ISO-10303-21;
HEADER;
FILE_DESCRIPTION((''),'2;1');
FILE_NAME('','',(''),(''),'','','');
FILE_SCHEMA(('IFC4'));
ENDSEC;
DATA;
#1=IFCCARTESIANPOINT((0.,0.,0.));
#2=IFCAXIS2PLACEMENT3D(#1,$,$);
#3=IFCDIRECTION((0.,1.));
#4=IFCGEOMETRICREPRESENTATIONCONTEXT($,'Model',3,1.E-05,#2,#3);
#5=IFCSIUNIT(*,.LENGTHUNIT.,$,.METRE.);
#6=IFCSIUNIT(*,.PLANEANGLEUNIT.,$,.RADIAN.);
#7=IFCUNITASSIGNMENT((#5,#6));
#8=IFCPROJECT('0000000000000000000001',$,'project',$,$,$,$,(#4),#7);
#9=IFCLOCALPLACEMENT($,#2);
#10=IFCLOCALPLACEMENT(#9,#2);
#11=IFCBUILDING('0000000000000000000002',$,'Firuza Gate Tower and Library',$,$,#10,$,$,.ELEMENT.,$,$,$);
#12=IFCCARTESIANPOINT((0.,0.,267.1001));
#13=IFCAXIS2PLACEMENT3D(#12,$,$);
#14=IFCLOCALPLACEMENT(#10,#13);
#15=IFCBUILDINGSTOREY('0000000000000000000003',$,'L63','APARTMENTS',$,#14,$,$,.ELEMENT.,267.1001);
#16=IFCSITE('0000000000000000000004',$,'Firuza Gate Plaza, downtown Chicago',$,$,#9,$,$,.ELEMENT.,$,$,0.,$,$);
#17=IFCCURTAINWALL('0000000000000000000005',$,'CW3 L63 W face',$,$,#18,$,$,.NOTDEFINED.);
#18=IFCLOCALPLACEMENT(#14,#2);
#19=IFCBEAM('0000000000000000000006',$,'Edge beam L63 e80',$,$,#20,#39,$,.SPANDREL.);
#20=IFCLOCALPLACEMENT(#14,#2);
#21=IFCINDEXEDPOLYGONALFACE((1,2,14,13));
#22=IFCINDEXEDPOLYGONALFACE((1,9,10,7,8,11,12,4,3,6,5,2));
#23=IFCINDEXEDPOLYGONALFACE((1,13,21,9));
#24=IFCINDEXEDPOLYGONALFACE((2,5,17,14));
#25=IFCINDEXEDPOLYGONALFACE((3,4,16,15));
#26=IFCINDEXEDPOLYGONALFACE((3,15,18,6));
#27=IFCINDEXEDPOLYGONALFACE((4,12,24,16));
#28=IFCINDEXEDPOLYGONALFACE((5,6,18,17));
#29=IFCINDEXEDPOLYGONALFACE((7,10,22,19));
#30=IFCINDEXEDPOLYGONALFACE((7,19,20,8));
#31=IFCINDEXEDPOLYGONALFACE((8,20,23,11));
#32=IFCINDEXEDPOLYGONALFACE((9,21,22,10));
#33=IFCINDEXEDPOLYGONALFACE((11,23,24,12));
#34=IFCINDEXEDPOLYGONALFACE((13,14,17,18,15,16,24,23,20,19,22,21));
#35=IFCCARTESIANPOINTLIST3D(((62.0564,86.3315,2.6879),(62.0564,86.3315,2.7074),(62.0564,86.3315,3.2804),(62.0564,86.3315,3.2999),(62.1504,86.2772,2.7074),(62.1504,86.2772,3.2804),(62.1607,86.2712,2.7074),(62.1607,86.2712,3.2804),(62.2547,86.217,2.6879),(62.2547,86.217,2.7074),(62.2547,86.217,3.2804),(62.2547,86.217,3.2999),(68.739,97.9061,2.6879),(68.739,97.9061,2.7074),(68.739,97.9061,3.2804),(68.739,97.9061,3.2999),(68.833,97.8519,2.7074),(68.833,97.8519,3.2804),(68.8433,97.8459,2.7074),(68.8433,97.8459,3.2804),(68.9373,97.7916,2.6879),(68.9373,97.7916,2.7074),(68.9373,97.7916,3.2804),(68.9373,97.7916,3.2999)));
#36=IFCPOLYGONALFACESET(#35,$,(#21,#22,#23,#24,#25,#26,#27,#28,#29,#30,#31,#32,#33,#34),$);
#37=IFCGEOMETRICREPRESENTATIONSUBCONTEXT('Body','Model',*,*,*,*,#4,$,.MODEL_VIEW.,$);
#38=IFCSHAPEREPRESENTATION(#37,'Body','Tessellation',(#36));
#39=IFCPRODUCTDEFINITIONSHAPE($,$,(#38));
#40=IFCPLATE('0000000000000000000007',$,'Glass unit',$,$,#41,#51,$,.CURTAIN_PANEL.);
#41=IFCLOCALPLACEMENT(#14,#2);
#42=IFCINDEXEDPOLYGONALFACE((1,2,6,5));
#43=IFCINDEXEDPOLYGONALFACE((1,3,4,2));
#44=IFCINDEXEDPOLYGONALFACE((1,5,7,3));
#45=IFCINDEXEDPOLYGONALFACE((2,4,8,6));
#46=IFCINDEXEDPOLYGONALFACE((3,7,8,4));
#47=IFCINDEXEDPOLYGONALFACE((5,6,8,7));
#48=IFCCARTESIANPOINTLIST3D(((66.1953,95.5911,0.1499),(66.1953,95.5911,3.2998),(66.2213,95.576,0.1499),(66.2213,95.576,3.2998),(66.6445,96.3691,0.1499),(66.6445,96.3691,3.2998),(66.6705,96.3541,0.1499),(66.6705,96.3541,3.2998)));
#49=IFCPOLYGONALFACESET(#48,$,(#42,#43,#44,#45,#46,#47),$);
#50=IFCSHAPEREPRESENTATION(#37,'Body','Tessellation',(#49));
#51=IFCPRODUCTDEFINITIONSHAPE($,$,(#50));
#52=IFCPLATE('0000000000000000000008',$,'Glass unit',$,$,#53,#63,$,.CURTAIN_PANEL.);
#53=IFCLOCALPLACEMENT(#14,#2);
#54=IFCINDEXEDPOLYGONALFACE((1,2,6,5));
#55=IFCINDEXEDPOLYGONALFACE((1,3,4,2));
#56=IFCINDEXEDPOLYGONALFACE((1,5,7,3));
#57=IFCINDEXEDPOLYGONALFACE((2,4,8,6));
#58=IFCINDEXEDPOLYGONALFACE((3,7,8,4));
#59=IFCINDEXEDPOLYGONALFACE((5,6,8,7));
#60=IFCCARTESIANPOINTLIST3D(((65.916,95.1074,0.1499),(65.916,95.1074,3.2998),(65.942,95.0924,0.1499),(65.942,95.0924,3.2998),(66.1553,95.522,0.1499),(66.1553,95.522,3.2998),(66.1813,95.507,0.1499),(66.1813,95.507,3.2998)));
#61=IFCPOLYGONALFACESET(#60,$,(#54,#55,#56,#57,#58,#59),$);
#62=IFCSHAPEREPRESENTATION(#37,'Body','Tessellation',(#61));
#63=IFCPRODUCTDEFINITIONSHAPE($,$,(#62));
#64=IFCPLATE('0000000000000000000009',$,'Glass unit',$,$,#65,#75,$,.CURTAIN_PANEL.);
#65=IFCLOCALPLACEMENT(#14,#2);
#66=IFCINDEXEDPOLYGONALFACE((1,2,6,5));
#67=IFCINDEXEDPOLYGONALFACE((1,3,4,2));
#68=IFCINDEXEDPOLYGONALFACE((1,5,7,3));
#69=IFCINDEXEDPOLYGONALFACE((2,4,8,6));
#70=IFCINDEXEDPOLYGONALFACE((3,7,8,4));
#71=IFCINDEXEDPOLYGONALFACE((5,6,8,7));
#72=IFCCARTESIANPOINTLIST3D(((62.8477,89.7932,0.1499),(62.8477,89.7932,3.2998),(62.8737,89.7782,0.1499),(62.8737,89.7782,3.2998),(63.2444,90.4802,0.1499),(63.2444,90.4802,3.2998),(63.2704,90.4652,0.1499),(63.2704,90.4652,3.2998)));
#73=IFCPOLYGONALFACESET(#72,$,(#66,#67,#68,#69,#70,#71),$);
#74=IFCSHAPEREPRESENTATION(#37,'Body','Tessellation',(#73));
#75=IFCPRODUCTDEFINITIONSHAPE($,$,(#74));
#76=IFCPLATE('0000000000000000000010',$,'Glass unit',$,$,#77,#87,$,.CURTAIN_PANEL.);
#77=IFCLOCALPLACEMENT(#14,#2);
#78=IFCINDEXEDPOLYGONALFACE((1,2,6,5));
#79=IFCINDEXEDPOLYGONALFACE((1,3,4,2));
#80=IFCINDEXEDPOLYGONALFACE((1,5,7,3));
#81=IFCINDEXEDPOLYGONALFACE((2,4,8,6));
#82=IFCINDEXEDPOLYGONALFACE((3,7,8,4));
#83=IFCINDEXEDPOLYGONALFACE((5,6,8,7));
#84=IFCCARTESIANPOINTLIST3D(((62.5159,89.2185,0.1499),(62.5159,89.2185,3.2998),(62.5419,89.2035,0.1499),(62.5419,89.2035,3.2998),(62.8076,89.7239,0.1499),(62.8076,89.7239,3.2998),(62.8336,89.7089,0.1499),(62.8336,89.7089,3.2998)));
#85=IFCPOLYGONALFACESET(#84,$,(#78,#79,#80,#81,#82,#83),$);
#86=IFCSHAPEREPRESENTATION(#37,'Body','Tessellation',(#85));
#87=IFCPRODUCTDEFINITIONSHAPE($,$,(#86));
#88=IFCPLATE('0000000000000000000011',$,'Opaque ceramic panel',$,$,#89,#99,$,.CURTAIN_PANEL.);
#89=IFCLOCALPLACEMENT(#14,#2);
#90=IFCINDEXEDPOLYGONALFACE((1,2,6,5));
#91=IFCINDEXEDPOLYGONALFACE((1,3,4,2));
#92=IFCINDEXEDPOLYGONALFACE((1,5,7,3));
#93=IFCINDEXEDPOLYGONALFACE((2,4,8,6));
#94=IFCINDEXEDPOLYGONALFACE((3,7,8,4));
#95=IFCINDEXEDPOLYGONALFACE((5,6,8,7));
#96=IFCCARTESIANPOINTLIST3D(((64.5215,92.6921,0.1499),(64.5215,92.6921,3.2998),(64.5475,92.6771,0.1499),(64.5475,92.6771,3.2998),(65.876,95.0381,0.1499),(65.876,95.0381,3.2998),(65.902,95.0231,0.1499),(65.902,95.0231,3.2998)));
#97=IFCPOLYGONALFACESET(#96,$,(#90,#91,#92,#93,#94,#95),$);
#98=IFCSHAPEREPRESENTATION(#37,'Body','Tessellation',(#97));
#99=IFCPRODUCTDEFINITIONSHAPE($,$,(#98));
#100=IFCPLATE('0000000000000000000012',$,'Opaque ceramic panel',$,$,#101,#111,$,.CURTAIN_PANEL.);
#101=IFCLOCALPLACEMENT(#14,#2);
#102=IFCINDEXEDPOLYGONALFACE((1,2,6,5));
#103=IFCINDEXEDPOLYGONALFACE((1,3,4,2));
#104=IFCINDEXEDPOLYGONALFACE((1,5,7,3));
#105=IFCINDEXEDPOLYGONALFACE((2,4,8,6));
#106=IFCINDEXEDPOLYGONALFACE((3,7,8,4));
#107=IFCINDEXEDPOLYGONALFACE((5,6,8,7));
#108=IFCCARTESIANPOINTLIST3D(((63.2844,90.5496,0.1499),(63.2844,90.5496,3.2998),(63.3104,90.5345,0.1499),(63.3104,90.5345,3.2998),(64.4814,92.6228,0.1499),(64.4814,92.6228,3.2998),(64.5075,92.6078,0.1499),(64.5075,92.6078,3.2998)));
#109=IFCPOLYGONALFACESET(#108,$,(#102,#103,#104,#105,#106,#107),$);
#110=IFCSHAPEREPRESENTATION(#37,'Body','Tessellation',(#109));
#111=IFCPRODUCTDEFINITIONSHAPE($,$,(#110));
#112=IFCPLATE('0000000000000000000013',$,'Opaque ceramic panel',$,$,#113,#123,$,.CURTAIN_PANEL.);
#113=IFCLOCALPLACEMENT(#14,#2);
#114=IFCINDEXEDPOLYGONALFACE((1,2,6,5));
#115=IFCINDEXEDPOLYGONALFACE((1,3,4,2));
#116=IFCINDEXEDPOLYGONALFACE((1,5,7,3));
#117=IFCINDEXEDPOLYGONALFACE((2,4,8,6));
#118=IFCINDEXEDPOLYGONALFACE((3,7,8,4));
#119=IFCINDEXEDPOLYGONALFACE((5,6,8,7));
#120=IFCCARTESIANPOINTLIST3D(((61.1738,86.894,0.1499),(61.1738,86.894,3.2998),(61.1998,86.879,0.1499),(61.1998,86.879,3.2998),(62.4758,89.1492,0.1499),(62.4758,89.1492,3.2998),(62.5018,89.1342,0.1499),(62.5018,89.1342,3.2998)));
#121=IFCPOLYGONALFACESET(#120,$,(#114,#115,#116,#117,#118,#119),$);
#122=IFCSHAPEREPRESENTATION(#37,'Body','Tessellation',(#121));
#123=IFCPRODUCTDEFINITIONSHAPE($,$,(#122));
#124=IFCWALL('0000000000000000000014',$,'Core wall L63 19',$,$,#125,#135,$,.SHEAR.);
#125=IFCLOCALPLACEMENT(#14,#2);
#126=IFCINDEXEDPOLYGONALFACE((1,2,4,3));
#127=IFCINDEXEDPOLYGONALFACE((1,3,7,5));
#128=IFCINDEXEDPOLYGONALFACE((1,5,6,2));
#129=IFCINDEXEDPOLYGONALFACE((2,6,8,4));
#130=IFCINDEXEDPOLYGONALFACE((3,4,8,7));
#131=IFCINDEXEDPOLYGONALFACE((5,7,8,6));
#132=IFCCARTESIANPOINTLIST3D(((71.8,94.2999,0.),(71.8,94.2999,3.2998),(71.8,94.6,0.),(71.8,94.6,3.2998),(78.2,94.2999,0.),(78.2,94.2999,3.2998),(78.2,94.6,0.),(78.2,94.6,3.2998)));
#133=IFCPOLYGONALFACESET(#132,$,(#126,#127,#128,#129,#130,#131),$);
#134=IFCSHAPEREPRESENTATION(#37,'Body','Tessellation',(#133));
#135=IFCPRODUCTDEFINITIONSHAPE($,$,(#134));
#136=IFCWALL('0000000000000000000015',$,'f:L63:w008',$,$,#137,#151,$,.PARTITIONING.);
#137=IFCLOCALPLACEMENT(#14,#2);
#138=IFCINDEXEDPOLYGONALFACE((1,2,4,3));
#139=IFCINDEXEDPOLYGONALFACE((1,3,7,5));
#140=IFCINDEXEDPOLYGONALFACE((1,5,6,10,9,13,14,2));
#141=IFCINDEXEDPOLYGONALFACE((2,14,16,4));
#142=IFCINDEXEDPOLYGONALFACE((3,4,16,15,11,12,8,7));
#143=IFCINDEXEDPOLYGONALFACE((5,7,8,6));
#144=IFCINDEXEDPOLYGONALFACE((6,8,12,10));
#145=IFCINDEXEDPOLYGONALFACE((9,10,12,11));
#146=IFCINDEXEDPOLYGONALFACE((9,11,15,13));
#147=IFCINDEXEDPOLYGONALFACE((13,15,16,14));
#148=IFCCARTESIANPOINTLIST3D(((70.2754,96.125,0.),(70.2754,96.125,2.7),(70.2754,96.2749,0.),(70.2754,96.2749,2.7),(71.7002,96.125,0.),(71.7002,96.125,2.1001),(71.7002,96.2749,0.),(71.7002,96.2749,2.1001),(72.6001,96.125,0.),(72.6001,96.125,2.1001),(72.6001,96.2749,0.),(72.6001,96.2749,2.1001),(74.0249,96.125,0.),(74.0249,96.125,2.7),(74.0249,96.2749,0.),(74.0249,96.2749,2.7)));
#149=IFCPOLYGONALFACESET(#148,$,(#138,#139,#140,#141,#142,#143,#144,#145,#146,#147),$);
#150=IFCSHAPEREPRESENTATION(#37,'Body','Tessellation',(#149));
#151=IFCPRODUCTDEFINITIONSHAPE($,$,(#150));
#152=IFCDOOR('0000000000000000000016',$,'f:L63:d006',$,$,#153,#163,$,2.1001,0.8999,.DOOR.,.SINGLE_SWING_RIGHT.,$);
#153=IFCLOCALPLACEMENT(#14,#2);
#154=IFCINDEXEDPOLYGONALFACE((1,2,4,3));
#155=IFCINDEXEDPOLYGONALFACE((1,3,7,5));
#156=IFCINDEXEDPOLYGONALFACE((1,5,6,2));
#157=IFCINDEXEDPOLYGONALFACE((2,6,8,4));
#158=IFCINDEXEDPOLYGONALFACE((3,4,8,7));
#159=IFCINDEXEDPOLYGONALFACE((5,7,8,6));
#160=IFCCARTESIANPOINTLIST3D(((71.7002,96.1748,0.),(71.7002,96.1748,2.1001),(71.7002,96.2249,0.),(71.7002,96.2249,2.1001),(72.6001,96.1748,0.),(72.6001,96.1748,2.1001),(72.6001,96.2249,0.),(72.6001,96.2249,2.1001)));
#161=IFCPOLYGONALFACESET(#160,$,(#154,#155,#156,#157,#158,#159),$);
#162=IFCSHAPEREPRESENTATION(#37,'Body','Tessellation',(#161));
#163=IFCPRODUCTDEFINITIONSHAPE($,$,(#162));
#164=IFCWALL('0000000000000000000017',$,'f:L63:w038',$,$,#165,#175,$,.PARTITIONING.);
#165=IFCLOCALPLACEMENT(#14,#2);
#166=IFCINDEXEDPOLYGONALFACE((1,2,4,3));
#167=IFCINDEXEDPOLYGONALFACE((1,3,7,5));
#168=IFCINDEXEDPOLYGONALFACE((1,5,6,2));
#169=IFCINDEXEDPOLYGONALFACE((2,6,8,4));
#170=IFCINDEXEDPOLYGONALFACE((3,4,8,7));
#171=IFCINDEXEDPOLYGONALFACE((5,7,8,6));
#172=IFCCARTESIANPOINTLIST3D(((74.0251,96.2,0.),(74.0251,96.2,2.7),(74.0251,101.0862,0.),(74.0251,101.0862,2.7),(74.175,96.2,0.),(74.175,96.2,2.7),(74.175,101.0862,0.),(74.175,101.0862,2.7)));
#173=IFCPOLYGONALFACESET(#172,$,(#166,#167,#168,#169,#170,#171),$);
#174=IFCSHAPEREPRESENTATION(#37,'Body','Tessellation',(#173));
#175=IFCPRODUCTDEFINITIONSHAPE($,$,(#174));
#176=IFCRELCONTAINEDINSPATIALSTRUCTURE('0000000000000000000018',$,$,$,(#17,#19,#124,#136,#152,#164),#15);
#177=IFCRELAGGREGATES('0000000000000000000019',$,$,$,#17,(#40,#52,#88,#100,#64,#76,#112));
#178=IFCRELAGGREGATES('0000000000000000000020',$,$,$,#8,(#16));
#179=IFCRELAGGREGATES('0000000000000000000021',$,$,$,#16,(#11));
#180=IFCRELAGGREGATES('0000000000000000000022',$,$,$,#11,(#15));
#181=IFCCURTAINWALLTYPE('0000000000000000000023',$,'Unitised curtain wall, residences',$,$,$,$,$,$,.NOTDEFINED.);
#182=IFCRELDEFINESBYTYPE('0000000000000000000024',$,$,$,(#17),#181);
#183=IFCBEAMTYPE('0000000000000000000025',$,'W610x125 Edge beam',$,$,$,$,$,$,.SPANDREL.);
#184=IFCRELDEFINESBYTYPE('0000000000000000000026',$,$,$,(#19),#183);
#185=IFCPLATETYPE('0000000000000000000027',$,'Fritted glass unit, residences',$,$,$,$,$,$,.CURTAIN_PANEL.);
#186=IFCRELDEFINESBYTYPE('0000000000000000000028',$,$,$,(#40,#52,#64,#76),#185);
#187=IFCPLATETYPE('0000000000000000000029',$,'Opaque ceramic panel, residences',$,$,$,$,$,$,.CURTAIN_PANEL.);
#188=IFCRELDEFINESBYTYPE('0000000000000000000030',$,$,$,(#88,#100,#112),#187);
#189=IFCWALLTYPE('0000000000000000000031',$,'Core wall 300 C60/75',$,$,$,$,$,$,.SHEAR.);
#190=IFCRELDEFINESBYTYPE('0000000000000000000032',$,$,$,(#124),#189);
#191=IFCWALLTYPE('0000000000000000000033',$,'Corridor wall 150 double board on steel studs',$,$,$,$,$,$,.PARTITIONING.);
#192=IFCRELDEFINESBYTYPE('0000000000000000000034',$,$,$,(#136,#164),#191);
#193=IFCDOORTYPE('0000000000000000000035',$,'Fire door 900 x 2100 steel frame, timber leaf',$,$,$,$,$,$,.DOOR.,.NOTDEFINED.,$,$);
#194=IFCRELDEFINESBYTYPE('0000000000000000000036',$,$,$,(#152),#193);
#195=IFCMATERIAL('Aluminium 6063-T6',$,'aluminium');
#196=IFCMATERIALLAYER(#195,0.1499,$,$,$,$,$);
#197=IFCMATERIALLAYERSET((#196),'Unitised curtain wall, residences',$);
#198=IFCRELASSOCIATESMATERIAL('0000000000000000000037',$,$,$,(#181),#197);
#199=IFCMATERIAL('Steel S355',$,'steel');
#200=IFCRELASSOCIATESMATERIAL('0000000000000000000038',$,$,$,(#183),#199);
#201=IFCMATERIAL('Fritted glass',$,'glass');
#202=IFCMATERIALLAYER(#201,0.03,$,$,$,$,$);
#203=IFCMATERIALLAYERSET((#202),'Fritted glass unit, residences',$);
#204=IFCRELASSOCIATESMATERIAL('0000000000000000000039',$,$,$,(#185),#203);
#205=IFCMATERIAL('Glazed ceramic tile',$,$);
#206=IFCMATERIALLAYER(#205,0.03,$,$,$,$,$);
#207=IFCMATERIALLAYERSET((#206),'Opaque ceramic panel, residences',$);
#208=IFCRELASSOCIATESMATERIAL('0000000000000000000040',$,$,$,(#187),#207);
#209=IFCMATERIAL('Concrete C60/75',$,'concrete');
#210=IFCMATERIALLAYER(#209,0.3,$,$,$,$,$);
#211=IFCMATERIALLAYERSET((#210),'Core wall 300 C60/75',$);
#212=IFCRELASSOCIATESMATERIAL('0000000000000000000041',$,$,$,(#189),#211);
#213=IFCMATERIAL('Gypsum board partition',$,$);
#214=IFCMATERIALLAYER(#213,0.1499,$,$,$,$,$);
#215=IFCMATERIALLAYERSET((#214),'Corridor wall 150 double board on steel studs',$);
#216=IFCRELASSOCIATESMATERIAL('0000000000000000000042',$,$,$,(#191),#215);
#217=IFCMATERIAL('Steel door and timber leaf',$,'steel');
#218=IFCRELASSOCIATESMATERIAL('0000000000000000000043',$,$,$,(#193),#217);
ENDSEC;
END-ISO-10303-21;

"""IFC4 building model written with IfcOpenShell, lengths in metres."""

from ifc_helpers import new_model, si_unit, direction, frame, frame_2d, origin, origin_2d, place, context, subcontext, project, spatial, polyline, rectangle, i_section, outline, extrude, material, layer, layer_set, material_profile, profile_set, type_object, element, fill, aggregate, save


model = new_model("IFC4")

# Units and contexts
model_context = context("Model", 3, precision=1e-05, world=origin(), true_north=direction((0.0, 1.0)))
body_context = subcontext(model_context, "Body", "Model", "MODEL_VIEW")
ifc_project = project(units=[si_unit("LENGTHUNIT", "METRE"), si_unit("PLANEANGLEUNIT", "RADIAN")], contexts=[model_context])

# Site, building, storey
site_placement = place(None, origin())
site = spatial("IfcSite", under=ifc_project, at=site_placement, Name="Firuza Gate Plaza, downtown Chicago", CompositionType="ELEMENT", RefElevation=0.0)
building_placement = place(site_placement, origin())
building = spatial("IfcBuilding", under=site, at=building_placement, Name="Firuza Gate Tower and Library", CompositionType="ELEMENT")
storey_placement = place(building_placement, frame((0.0, 0.0, 267.1001)))
storey = spatial("IfcBuildingStorey", under=building, at=storey_placement, Name="L63", Description="APARTMENTS", CompositionType="ELEMENT", Elevation=267.1001)

# Curtain wall
ifc_material_1 = material(Name="Aluminium 6063-T6", Category="aluminium")
ifc_layer_1 = layer(ifc_material_1, 0.1499)
ifc_layer_set_1 = layer_set([ifc_layer_1], Name="Unitised curtain wall, residences")
curtain_wall_type = type_object("IfcCurtainWallType", Name="Unitised curtain wall, residences", PredefinedType="NOTDEFINED", material=ifc_layer_set_1)
placement = place(storey_placement, origin())
curtain_wall = element("IfcCurtainWall", 1, at=placement, inside=storey, type_object=curtain_wall_type, Name="CW3 L63 W face", PredefinedType="NOTDEFINED")

# Beam
ifc_material_2 = material(Name="Steel S355", Category="steel")
ifc_material_profile_1 = material_profile(ifc_material_2, i_section(OverallWidth=0.229, OverallDepth=0.6121, WebThickness=0.012, FlangeThickness=0.0195, at=origin_2d()))
ifc_profile_set_1 = profile_set([ifc_material_profile_1], Name="Steel S355")
beam_type_1 = type_object("IfcBeamType", Name="W610x125 Edge beam", PredefinedType="SPANDREL", material=ifc_profile_set_1)
beam_1_placement = place(storey_placement, frame((68.8381, 97.8489, 2.9939), z_axis=(-0.499998, -0.866027, 0.0), x_axis=(0.866027, -0.499998, 0.0)))
element("IfcBeam", 2, at=beam_1_placement, inside=storey, type_object=beam_type_1, Name="Edge beam L63 e80", PredefinedType="SPANDREL", context=body_context, shape_type="SweptSolid", body=[
    extrude(i_section(OverallWidth=0.229, OverallDepth=0.6121, WebThickness=0.012, FlangeThickness=0.0195, at=origin_2d()), origin(), (0.0, 0.0, 1.0), 13.3652),
])

# Plates
ifc_material_3 = material(Name="Fritted glass", Category="glass")
ifc_layer_2 = layer(ifc_material_3, 0.03)
ifc_layer_set_2 = layer_set([ifc_layer_2], Name="Fritted glass unit, residences")
plate_type_1 = type_object("IfcPlateType", Name="Fritted glass unit, residences", PredefinedType="CURTAIN_PANEL", material=ifc_layer_set_2)
plate_1_placement = place(storey_placement, frame((66.6445, 96.3691, 0.1499), z_axis=(-0.866027, 0.499997, 0.0), x_axis=(-0.499997, -0.866027, 0.0)))
plate_1 = element("IfcPlate", 3, at=plate_1_placement, type_object=plate_type_1, Name="Glass unit", PredefinedType="CURTAIN_PANEL", context=body_context, shape_type="SweptSolid", body=[
    extrude(outline(polyline([(0.0, 0.0), (0.8984, 0.0), (0.8984, 3.1499), (0.0, 3.1499), (0.0, 0.0)])), origin(), (0.0, 0.0, -1.0), 0.03),
])
plate_2_placement = place(storey_placement, frame((66.1553, 95.522, 0.1499), z_axis=(-0.866101, 0.49987, 0.0), x_axis=(-0.49987, -0.866101, 0.0)))
plate_2 = element("IfcPlate", 4, at=plate_2_placement, type_object=plate_type_1, Name="Glass unit", PredefinedType="CURTAIN_PANEL", context=body_context, shape_type="SweptSolid", body=[
    extrude(outline(polyline([(0.0, 0.0), (0.4786, 0.0), (0.4786, 3.1499), (0.0, 3.1499), (0.0, 0.0)])), origin(), (0.0, 0.0, -1.0), 0.03),
])
plate_3_placement = place(storey_placement, frame((63.2444, 90.4802, 0.1499), z_axis=(-0.865981, 0.500078, 0.0), x_axis=(-0.500078, -0.865981, 0.0)))
plate_3 = element("IfcPlate", 5, at=plate_3_placement, type_object=plate_type_1, Name="Glass unit", PredefinedType="CURTAIN_PANEL", context=body_context, shape_type="SweptSolid", body=[
    extrude(outline(polyline([(0.0, 0.0), (0.7933, 0.0), (0.7933, 3.1499), (0.0, 3.1499), (0.0, 0.0)])), origin(), (0.0, 0.0, -1.0), 0.03),
])
plate_4_placement = place(storey_placement, frame((62.8076, 89.7239, 0.1499), z_axis=(-0.866046, 0.499964, 0.0), x_axis=(-0.499964, -0.866046, 0.0)))
plate_4 = element("IfcPlate", 6, at=plate_4_placement, type_object=plate_type_1, Name="Glass unit", PredefinedType="CURTAIN_PANEL", context=body_context, shape_type="SweptSolid", body=[
    extrude(outline(polyline([(0.0, 0.0), (0.5835, 0.0), (0.5835, 3.1499), (0.0, 3.1499), (0.0, 0.0)])), origin(), (0.0, 0.0, -1.0), 0.03),
])
ifc_material_4 = material(Name="Glazed ceramic tile")
ifc_layer_3 = layer(ifc_material_4, 0.03)
ifc_layer_set_3 = layer_set([ifc_layer_3], Name="Opaque ceramic panel, residences")
plate_type_2 = type_object("IfcPlateType", Name="Opaque ceramic panel, residences", PredefinedType="CURTAIN_PANEL", material=ifc_layer_set_3)
plate_5_placement = place(storey_placement, frame((65.876, 95.0381, 0.1499), z_axis=(-0.866016, 0.500016, 0.0), x_axis=(-0.500016, -0.866016, 0.0)))
plate_5 = element("IfcPlate", 7, at=plate_5_placement, type_object=plate_type_2, Name="Opaque ceramic panel", PredefinedType="CURTAIN_PANEL", context=body_context, shape_type="SweptSolid", body=[
    extrude(outline(polyline([(0.0, 0.0), (2.7089, 0.0), (2.7089, 3.1499), (0.0, 3.1499), (0.0, 0.0)])), origin(), (0.0, 0.0, -1.0), 0.03),
])
plate_6_placement = place(storey_placement, frame((64.4814, 92.6228, 0.1499), z_axis=(-0.866019, 0.500011, 0.0), x_axis=(-0.500011, -0.866019, 0.0)))
plate_6 = element("IfcPlate", 8, at=plate_6_placement, type_object=plate_type_2, Name="Opaque ceramic panel", PredefinedType="CURTAIN_PANEL", context=body_context, shape_type="SweptSolid", body=[
    extrude(outline(polyline([(0.0, 0.0), (2.394, 0.0), (2.394, 3.1499), (0.0, 3.1499), (0.0, 0.0)])), origin(), (0.0, 0.0, -1.0), 0.03),
])
plate_7_placement = place(storey_placement, frame((62.4758, 89.1492, 0.1499), z_axis=(-0.866025, 0.500001, 0.0), x_axis=(-0.500001, -0.866025, 0.0)))
plate_7 = element("IfcPlate", 9, at=plate_7_placement, type_object=plate_type_2, Name="Opaque ceramic panel", PredefinedType="CURTAIN_PANEL", context=body_context, shape_type="SweptSolid", body=[
    extrude(outline(polyline([(0.0, 0.0), (2.604, 0.0), (2.604, 3.1499), (0.0, 3.1499), (0.0, 0.0)])), origin(), (0.0, 0.0, -1.0), 0.03),
])
aggregate(curtain_wall, [plate_1, plate_2, plate_5, plate_6, plate_3, plate_4, plate_7])

# Wall
ifc_material_5 = material(Name="Concrete C60/75", Category="concrete")
ifc_layer_4 = layer(ifc_material_5, 0.3)
ifc_layer_set_4 = layer_set([ifc_layer_4], Name="Core wall 300 C60/75")
wall_type_1 = type_object("IfcWallType", Name="Core wall 300 C60/75", PredefinedType="SHEAR", material=ifc_layer_set_4)
wall_1_placement = place(storey_placement, frame((71.8, 94.45, 0.0), z_axis=(0.0, 0.0, 1.0), x_axis=(1.0, 0.0, 0.0)))
element("IfcWall", 10, at=wall_1_placement, inside=storey, type_object=wall_type_1, Name="Core wall L63 19", PredefinedType="SHEAR", context=body_context, shape_type="SweptSolid", body=[
    extrude(rectangle(XDim=6.3999, YDim=0.3, at=frame_2d((3.2, 0.0))), origin(), (0.0, 0.0, 1.0), 3.2998),
])

# Wall, opening, door
ifc_material_6 = material(Name="Gypsum board partition")
ifc_layer_5 = layer(ifc_material_6, 0.1499)
ifc_layer_set_5 = layer_set([ifc_layer_5], Name="Corridor wall 150 double board on steel studs")
wall_type_2 = type_object("IfcWallType", Name="Corridor wall 150 double board on steel studs", PredefinedType="PARTITIONING", material=ifc_layer_set_5)
wall_2_placement = place(storey_placement, frame((70.2754, 96.2, 0.0), z_axis=(0.0, 0.0, 1.0), x_axis=(1.0, 0.0, 0.0)))
wall_2 = element("IfcWall", 11, at=wall_2_placement, inside=storey, type_object=wall_type_2, Name="f:L63:w008", PredefinedType="PARTITIONING", context=body_context, shape_type="SweptSolid", body=[
    extrude(rectangle(XDim=3.7495, YDim=0.1499, at=frame_2d((1.8748, 0.0))), origin(), (0.0, 0.0, 1.0), 2.7),
])
opening_placement = place(wall_2_placement, frame((1.4248, 0.0, 0.0)))
opening = element("IfcOpeningElement", 12, at=opening_placement, cuts=wall_2, PredefinedType="OPENING", context=body_context, shape_type="SweptSolid", body=[
    extrude(rectangle(XDim=0.8999, YDim=2.1001, at=frame_2d((0.45, 1.05))), frame((0.0, 0.085, 0.0), z_axis=(0.0, -1.0, 0.0), x_axis=(1.0, 0.0, 0.0)), (0.0, 0.0, 1.0), 0.1699),
])
ifc_material_7 = material(Name="Steel door and timber leaf", Category="steel")
door_type = type_object("IfcDoorType", Name="Fire door 900 x 2100 steel frame, timber leaf", OperationType="NOTDEFINED", PredefinedType="DOOR", material=ifc_material_7)
door_placement = place(opening_placement, origin())
door = element("IfcDoor", 13, at=door_placement, inside=storey, type_object=door_type, Name="f:L63:d006", OperationType="SINGLE_SWING_RIGHT", OverallHeight=2.1001, OverallWidth=0.8999, PredefinedType="DOOR", context=body_context, shape_type="SweptSolid", body=[
    extrude(rectangle(XDim=0.8999, YDim=2.1001, at=frame_2d((0.45, 1.05))), frame((0.0, 0.0249, 0.0), z_axis=(0.0, -1.0, 0.0), x_axis=(1.0, 0.0, 0.0)), (0.0, 0.0, 1.0), 0.05),
])
fill(opening, door)

# Wall
wall_3_placement = place(storey_placement, frame((74.1001, 96.2, 0.0), z_axis=(0.0, 0.0, 1.0), x_axis=(0.0, 1.0, 0.0)))
element("IfcWall", 14, at=wall_3_placement, inside=storey, type_object=wall_type_2, Name="f:L63:w038", PredefinedType="PARTITIONING", context=body_context, shape_type="SweptSolid", body=[
    extrude(rectangle(XDim=4.8862, YDim=0.1499, at=frame_2d((2.4431, 0.0))), origin(), (0.0, 0.0, 1.0), 2.7),
])

save(model, "model.ifc")
